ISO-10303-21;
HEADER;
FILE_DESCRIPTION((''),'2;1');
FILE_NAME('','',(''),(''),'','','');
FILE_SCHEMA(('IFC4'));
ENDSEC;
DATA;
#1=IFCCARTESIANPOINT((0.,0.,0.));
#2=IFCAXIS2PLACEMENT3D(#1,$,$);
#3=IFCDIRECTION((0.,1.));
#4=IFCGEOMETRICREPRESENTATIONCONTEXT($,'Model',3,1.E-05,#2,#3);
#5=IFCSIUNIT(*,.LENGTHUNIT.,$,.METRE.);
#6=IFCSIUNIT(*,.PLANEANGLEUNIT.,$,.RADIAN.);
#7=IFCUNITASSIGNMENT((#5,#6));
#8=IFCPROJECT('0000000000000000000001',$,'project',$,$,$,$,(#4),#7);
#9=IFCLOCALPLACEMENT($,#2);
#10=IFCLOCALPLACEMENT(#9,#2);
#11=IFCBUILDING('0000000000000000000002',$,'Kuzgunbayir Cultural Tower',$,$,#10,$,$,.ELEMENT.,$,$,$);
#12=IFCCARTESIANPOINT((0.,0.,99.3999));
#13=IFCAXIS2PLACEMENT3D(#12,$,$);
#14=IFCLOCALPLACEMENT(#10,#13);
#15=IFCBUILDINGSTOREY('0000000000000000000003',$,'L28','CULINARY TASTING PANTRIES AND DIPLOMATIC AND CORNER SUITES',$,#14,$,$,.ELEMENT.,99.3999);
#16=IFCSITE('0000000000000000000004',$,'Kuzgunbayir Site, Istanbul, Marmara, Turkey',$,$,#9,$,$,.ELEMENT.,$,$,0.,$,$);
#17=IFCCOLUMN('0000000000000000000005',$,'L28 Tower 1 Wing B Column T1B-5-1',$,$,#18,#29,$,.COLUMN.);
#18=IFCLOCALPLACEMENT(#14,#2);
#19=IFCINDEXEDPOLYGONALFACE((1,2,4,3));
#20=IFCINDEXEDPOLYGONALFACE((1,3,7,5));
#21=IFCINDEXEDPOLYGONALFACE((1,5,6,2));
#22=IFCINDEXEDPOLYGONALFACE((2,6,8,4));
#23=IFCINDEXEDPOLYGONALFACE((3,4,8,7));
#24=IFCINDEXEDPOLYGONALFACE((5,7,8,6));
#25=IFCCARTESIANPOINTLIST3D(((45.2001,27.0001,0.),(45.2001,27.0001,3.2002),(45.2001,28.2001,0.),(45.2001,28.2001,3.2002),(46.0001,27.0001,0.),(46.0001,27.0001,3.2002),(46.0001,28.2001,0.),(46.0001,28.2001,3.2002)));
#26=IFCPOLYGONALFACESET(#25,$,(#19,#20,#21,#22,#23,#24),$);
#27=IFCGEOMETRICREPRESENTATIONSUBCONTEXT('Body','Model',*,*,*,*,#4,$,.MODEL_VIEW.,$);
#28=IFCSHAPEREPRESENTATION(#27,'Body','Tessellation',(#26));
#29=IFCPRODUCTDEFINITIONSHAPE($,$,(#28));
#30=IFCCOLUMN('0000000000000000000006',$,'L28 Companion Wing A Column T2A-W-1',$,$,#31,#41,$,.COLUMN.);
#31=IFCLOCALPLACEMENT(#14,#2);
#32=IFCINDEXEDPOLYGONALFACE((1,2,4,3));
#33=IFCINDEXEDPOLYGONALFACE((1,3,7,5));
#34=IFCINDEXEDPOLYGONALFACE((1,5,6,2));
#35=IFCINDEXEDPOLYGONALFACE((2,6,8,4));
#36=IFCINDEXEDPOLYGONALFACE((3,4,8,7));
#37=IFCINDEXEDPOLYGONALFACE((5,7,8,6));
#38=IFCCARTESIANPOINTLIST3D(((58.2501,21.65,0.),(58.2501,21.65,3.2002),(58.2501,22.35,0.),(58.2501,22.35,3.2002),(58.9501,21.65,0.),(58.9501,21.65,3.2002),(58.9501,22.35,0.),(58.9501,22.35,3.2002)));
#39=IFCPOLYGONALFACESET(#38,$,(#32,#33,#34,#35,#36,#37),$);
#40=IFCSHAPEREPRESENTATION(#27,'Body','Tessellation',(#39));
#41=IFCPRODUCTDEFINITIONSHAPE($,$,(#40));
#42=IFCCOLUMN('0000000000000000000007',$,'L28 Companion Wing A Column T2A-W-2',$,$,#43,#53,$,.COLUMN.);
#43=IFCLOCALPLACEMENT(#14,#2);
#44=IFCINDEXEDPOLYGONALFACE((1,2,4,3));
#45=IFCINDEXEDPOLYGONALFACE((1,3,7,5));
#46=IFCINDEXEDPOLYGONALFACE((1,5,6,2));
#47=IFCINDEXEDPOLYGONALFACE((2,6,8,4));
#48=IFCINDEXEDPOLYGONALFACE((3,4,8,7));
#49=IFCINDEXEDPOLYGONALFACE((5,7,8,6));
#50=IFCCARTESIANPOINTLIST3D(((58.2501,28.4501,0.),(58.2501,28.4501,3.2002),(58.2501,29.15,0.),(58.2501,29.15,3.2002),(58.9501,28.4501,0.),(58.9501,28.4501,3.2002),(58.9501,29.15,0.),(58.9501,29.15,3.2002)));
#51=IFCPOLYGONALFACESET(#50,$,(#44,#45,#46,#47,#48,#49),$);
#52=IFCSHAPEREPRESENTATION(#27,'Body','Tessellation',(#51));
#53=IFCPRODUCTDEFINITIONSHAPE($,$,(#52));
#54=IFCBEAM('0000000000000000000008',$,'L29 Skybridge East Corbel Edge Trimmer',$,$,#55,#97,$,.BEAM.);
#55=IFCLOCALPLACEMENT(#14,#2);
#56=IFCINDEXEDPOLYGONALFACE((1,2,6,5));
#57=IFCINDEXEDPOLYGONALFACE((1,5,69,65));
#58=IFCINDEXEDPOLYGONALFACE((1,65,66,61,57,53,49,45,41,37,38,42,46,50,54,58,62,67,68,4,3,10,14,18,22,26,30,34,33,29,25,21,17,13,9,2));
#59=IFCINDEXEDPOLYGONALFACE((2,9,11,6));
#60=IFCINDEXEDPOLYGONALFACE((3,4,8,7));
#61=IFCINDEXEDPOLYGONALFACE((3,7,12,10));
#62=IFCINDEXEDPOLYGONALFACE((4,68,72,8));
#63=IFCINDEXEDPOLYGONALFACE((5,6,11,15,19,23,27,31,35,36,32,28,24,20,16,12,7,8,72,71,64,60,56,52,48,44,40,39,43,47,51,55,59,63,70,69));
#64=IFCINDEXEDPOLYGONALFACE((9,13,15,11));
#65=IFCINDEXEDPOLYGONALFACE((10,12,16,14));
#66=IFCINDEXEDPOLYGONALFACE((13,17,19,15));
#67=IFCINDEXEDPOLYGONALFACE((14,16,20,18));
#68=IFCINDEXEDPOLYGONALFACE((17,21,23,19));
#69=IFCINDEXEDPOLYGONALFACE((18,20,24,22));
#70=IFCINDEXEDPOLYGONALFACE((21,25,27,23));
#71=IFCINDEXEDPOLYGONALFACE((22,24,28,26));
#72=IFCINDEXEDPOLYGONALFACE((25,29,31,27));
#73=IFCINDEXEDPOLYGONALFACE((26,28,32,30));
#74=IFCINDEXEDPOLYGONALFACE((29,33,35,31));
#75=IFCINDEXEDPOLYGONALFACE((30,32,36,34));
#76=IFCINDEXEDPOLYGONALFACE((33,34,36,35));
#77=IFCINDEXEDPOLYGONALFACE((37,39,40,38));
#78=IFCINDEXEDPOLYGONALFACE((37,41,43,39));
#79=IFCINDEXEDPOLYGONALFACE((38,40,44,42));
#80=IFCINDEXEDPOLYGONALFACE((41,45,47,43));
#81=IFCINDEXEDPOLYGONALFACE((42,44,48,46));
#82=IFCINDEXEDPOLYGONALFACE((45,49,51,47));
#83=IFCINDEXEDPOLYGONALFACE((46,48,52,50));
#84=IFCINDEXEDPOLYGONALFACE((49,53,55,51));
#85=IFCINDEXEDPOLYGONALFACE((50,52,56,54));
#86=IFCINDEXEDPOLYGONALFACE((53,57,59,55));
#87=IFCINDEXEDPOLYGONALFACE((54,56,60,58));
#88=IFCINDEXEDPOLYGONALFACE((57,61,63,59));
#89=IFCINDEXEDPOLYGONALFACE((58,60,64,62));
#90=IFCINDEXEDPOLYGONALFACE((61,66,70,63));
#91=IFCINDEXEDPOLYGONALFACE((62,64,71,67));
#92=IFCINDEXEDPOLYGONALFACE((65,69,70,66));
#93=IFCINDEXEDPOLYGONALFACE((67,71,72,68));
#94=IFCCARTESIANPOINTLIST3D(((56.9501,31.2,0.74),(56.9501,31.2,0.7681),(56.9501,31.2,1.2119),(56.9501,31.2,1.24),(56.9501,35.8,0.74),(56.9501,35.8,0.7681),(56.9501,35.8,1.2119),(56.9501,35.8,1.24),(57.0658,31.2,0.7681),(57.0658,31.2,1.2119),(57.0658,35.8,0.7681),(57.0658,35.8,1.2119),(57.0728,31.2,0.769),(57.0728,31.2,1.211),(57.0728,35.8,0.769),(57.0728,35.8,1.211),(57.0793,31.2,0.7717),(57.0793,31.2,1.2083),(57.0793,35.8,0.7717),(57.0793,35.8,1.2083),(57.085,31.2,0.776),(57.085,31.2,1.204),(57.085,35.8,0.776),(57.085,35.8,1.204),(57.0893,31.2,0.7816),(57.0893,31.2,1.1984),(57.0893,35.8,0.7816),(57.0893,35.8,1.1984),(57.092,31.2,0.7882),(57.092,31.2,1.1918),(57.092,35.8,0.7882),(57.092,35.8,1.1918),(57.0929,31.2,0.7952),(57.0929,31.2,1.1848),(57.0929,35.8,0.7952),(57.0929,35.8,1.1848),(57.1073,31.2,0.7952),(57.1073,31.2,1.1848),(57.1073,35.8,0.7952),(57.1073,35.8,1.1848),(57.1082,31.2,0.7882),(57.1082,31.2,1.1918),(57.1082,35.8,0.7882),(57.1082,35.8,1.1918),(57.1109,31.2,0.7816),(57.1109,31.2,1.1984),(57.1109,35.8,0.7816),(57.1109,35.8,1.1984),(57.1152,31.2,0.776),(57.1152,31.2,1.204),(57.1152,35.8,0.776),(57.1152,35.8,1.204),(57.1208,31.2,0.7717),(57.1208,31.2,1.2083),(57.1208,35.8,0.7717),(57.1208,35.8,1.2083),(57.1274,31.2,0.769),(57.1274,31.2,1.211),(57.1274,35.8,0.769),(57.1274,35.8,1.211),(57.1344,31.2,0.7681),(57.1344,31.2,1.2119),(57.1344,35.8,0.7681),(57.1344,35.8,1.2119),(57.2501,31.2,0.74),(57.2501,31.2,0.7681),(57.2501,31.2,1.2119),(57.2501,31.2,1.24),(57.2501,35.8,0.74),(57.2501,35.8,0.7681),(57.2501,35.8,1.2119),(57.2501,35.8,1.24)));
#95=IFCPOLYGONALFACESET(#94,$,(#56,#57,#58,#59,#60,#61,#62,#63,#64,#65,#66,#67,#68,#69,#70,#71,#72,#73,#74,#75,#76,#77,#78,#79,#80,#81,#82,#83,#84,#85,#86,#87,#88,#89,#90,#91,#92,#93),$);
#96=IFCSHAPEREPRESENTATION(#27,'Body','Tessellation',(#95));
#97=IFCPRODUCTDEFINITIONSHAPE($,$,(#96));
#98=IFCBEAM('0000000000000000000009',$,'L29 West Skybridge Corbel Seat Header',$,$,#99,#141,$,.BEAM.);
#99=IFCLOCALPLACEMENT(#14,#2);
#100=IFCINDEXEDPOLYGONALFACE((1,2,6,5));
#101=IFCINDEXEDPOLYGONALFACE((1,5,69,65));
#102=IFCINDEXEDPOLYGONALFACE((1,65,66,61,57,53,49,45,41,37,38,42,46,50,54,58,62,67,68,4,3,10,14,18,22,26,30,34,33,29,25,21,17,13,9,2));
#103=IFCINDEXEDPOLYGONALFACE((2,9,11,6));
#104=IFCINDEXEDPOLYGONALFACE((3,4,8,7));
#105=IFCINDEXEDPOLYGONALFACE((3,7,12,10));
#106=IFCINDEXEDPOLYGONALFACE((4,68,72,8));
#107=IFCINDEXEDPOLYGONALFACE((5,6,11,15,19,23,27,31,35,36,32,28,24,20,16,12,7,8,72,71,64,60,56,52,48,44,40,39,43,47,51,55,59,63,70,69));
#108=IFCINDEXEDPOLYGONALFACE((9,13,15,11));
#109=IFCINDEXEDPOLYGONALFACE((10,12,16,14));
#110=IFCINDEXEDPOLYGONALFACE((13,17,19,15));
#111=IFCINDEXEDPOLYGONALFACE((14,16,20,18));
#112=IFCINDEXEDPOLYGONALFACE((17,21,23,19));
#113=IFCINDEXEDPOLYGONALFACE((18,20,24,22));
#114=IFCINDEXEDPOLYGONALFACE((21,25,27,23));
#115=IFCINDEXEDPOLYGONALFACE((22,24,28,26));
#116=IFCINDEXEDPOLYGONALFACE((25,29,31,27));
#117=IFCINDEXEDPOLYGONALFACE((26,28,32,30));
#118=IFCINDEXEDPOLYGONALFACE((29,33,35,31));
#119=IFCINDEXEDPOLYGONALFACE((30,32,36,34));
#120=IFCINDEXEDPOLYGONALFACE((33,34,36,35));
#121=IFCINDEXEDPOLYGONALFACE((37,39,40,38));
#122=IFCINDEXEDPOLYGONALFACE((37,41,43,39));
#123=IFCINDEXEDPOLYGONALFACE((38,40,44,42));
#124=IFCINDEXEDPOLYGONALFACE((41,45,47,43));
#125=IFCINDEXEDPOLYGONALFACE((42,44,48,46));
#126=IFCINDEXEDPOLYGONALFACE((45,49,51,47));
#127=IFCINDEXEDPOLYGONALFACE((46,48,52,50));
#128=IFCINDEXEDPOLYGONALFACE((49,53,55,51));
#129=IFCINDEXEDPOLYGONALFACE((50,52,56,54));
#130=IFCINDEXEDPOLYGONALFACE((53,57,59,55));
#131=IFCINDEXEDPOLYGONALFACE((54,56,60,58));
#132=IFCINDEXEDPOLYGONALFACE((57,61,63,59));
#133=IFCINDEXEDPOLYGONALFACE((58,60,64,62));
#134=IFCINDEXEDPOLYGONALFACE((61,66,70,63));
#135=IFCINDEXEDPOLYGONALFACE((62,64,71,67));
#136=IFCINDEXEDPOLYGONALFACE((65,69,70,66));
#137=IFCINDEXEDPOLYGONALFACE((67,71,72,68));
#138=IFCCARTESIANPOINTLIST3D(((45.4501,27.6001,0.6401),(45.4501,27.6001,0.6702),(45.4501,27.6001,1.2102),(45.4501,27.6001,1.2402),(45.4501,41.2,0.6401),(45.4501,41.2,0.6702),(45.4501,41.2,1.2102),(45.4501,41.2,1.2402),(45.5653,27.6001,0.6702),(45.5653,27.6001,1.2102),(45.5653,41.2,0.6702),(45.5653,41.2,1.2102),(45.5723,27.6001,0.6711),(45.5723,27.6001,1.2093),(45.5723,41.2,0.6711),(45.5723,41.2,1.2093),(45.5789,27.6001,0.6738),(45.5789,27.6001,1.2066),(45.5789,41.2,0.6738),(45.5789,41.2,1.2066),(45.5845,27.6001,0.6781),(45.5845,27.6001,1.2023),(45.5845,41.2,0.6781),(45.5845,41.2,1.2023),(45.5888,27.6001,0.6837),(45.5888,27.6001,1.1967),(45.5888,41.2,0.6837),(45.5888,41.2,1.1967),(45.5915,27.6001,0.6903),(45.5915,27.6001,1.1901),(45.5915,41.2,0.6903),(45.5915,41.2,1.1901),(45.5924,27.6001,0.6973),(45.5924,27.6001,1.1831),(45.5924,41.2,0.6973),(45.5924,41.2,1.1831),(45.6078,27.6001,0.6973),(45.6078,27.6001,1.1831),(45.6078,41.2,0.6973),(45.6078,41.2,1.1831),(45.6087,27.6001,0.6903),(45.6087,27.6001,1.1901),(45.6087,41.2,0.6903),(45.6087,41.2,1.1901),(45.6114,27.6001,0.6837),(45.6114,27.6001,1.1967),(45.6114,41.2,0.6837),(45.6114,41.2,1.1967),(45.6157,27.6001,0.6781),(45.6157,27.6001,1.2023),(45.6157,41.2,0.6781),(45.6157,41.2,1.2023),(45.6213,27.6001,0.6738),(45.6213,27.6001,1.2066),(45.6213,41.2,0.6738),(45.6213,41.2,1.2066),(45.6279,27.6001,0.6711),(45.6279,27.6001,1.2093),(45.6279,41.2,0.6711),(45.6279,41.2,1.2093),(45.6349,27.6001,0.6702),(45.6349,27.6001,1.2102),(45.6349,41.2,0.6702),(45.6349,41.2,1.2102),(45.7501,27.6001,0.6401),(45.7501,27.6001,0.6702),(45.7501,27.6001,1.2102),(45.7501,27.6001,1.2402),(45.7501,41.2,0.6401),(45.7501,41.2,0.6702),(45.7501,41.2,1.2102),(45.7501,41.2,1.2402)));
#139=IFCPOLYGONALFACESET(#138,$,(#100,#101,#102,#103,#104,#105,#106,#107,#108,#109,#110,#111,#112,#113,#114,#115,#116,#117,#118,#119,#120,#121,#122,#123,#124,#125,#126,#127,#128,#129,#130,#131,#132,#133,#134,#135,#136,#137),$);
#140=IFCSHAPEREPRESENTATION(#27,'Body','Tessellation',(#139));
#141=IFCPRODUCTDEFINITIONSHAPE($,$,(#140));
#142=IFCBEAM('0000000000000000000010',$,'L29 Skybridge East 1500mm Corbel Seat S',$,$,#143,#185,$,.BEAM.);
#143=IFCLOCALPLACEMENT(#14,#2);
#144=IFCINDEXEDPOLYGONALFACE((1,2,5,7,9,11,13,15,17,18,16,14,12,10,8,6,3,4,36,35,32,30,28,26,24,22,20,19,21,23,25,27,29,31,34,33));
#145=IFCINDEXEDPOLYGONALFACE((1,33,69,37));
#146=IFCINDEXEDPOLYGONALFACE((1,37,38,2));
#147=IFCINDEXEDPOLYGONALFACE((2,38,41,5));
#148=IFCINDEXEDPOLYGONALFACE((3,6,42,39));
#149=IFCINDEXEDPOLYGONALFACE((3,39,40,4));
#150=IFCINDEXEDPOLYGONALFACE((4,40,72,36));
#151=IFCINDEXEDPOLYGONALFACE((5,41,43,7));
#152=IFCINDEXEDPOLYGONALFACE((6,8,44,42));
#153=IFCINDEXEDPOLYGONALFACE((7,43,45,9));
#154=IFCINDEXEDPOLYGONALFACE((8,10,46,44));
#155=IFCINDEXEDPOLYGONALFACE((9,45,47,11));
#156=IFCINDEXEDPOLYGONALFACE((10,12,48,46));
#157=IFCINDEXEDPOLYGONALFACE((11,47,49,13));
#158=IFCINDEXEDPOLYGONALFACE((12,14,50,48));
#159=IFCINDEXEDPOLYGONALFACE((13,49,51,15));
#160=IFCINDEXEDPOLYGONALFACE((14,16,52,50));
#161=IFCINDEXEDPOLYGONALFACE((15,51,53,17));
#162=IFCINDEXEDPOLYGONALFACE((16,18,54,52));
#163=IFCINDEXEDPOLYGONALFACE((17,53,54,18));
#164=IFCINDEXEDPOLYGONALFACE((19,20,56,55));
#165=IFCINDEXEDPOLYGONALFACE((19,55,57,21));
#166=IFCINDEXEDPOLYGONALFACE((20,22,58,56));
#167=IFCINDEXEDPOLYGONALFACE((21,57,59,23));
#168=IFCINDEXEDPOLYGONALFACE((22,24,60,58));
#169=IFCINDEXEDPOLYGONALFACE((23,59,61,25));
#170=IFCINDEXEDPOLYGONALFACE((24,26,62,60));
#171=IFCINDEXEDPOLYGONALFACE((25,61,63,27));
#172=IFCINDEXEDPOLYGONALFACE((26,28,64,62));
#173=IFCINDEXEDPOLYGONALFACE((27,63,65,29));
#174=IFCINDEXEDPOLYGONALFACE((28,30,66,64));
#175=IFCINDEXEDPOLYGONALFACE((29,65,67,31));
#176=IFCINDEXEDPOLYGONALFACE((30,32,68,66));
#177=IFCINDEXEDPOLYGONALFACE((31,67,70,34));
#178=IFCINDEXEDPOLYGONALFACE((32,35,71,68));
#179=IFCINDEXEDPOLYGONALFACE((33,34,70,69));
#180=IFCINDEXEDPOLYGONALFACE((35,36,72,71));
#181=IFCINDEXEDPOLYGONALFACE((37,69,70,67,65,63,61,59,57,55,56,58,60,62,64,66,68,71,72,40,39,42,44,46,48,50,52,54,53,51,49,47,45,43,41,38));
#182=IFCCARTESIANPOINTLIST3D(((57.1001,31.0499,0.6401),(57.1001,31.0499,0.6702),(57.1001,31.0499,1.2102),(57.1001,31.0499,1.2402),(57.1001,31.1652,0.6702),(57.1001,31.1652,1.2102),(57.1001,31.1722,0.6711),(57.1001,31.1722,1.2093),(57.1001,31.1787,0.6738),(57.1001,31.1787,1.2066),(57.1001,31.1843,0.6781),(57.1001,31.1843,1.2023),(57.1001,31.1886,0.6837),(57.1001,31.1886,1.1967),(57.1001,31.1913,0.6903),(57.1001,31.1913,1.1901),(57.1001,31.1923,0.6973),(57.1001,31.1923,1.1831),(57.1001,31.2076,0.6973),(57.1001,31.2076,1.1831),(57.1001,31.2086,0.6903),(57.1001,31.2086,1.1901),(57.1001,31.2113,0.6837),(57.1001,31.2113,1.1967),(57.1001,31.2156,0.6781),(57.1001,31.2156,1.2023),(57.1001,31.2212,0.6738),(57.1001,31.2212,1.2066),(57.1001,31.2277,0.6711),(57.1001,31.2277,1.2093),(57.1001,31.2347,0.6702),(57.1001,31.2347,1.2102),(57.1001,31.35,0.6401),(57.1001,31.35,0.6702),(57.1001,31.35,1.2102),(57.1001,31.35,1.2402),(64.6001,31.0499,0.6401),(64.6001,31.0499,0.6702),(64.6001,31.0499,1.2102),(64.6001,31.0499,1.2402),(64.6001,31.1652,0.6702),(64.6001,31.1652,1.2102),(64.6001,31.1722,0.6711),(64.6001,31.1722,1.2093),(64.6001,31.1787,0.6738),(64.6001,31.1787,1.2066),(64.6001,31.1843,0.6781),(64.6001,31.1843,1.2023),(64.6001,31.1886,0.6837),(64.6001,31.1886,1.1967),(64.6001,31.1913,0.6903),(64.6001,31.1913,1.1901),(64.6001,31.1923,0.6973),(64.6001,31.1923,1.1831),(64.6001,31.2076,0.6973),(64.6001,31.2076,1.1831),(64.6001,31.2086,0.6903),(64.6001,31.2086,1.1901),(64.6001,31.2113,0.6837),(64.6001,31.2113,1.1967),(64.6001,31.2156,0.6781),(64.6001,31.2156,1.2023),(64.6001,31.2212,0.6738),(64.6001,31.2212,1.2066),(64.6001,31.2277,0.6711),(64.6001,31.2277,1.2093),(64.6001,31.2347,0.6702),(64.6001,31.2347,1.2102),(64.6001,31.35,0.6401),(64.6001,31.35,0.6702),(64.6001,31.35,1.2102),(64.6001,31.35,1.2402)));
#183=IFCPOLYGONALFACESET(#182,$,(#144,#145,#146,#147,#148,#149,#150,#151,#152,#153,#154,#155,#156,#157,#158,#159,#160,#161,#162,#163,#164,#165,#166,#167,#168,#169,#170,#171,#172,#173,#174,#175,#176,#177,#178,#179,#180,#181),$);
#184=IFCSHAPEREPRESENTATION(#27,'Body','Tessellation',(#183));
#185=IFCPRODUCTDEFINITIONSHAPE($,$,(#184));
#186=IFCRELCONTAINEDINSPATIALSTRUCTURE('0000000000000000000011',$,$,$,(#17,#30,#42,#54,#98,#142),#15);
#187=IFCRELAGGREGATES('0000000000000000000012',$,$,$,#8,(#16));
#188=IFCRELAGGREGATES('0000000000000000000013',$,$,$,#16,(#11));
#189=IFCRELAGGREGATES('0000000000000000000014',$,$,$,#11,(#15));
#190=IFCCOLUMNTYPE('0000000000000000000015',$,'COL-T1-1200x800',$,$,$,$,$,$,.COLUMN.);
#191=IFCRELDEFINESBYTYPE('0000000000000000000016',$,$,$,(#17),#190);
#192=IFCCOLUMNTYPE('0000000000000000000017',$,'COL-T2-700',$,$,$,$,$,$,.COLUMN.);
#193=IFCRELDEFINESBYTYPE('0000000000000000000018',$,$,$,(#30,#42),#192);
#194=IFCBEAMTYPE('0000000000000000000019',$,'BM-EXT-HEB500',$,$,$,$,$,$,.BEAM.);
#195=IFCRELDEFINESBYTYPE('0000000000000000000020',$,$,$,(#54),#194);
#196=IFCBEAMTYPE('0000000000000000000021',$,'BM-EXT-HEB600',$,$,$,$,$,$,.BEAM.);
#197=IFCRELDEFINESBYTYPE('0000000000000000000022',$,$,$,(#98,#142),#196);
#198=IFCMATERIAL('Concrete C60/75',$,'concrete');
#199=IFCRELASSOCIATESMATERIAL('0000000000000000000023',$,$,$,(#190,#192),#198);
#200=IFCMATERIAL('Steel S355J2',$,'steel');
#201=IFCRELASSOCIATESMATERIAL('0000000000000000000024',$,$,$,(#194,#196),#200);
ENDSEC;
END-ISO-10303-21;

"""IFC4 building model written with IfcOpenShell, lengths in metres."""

from ifc_helpers import new_model, si_unit, direction, frame, origin, origin_2d, place, context, subcontext, project, spatial, rectangle, i_section, extrude, material, material_profile, profile_set, type_object, element, save


model = new_model("IFC4")

# Units and contexts
model_context = context("Model", 3, precision=1e-05, world=origin(), true_north=direction((0.0, 1.0)))
body_context = subcontext(model_context, "Body", "Model", "MODEL_VIEW")
ifc_project = project(units=[si_unit("LENGTHUNIT", "METRE"), si_unit("PLANEANGLEUNIT", "RADIAN")], contexts=[model_context])

# Site, building, storey
site_placement = place(None, origin())
site = spatial("IfcSite", under=ifc_project, at=site_placement, Name="Kuzgunbayir Site, Istanbul, Marmara, Turkey", CompositionType="ELEMENT", RefElevation=0.0)
building_placement = place(site_placement, origin())
building = spatial("IfcBuilding", under=site, at=building_placement, Name="Kuzgunbayir Cultural Tower", CompositionType="ELEMENT")
storey_placement = place(building_placement, frame((0.0, 0.0, 99.3999)))
storey = spatial("IfcBuildingStorey", under=building, at=storey_placement, Name="L28", Description="CULINARY TASTING PANTRIES AND DIPLOMATIC AND CORNER SUITES", CompositionType="ELEMENT", Elevation=99.3999)

# Columns
ifc_material_1 = material(Name="Concrete C60/75", Category="concrete")
ifc_material_profile_1 = material_profile(ifc_material_1, rectangle(XDim=0.8, YDim=1.2, at=origin_2d()), Name="RC 1200x800")
ifc_profile_set_1 = profile_set([ifc_material_profile_1], Name="Concrete C60/75")
column_type_1 = type_object("IfcColumnType", Name="COL-T1-1200x800", PredefinedType="COLUMN", material=ifc_profile_set_1)
column_placement = place(storey_placement, frame((45.6001, 27.6001, 0.0), z_axis=(0.0, 0.0, 1.0), x_axis=(1.0, 0.0, 0.0)))
element("IfcColumn", 1, at=column_placement, inside=storey, type_object=column_type_1, Name="L28 Tower 1 Wing B Column T1B-5-1", PredefinedType="COLUMN", context=body_context, shape_type="SweptSolid", body=[
    extrude(rectangle(XDim=0.8, YDim=1.2, at=origin_2d()), origin(), (0.0, 0.0, 1.0), 3.2002),
])
ifc_material_profile_2 = material_profile(ifc_material_1, rectangle(XDim=0.7, YDim=0.7, at=origin_2d()), Name="RC 700x700")
ifc_profile_set_2 = profile_set([ifc_material_profile_2], Name="Concrete C60/75")
column_type_2 = type_object("IfcColumnType", Name="COL-T2-700", PredefinedType="COLUMN", material=ifc_profile_set_2)
for number, where, z_axis, x_axis, name in (
    (2, (58.6001, 22.0, 0.0), (0.0, 0.0, 1.0), (1.0, 0.0, 0.0), "L28 Companion Wing A Column T2A-W-1"),
    (3, (58.6001, 28.8, 0.0), (0.0, 0.0, 1.0), (1.0, 0.0, 0.0), "L28 Companion Wing A Column T2A-W-2"),
):
    element("IfcColumn", number, at=place(storey_placement, frame(where, z_axis=z_axis, x_axis=x_axis)), inside=storey, type_object=column_type_2, Name=name, PredefinedType="COLUMN", context=body_context, shape_type="SweptSolid", body=[
        extrude(rectangle(XDim=0.7, YDim=0.7, at=origin_2d()), origin(), (0.0, 0.0, 1.0), 3.2002),
    ])

# Beams
ifc_material_2 = material(Name="Steel S355J2", Category="steel")
ifc_material_profile_3 = material_profile(ifc_material_2, i_section(OverallWidth=0.3, OverallDepth=0.5, WebThickness=0.0144, FlangeThickness=0.0281, FilletRadius=0.0271, at=origin_2d()), Name="HEB 500")
ifc_profile_set_3 = profile_set([ifc_material_profile_3], Name="Steel S355J2")
beam_type_1 = type_object("IfcBeamType", Name="BM-EXT-HEB500", PredefinedType="BEAM", material=ifc_profile_set_3)
beam_1_placement = place(storey_placement, frame((57.1001, 31.2, 0.99), z_axis=(0.0, 1.0, 0.0), x_axis=(-1.0, 0.0, 0.0)))
element("IfcBeam", 4, at=beam_1_placement, inside=storey, type_object=beam_type_1, Name="L29 Skybridge East Corbel Edge Trimmer", PredefinedType="BEAM", context=body_context, shape_type="SweptSolid", body=[
    extrude(i_section(OverallWidth=0.3, OverallDepth=0.5, WebThickness=0.0144, FlangeThickness=0.0281, FilletRadius=0.0271, at=origin_2d()), origin(), (0.0, 0.0, 1.0), 4.6001),
])
ifc_material_profile_4 = material_profile(ifc_material_2, i_section(OverallWidth=0.3, OverallDepth=0.6001, WebThickness=0.0154, FlangeThickness=0.03, FilletRadius=0.0271, at=origin_2d()), Name="HEB 600")
ifc_profile_set_4 = profile_set([ifc_material_profile_4], Name="Steel S355J2")
beam_type_2 = type_object("IfcBeamType", Name="BM-EXT-HEB600", PredefinedType="BEAM", material=ifc_profile_set_4)
beam_2_placement = place(storey_placement, frame((45.6001, 27.6001, 0.9402), z_axis=(0.0, 1.0, 0.0), x_axis=(-1.0, 0.0, 0.0)))
element("IfcBeam", 5, at=beam_2_placement, inside=storey, type_object=beam_type_2, Name="L29 West Skybridge Corbel Seat Header", PredefinedType="BEAM", context=body_context, shape_type="SweptSolid", body=[
    extrude(i_section(OverallWidth=0.3, OverallDepth=0.6001, WebThickness=0.0154, FlangeThickness=0.03, FilletRadius=0.0271, at=origin_2d()), origin(), (0.0, 0.0, 1.0), 13.5999),
])
beam_3_placement = place(storey_placement, frame((57.1001, 31.2, 0.9402), z_axis=(1.0, 0.0, 0.0), x_axis=(0.0, 1.0, 0.0)))
element("IfcBeam", 6, at=beam_3_placement, inside=storey, type_object=beam_type_2, Name="L29 Skybridge East 1500mm Corbel Seat S", PredefinedType="BEAM", context=body_context, shape_type="SweptSolid", body=[
    extrude(i_section(OverallWidth=0.3, OverallDepth=0.6001, WebThickness=0.0154, FlangeThickness=0.03, FilletRadius=0.0271, at=origin_2d()), origin(), (0.0, 0.0, 1.0), 7.5),
])

save(model, "model.ifc")
